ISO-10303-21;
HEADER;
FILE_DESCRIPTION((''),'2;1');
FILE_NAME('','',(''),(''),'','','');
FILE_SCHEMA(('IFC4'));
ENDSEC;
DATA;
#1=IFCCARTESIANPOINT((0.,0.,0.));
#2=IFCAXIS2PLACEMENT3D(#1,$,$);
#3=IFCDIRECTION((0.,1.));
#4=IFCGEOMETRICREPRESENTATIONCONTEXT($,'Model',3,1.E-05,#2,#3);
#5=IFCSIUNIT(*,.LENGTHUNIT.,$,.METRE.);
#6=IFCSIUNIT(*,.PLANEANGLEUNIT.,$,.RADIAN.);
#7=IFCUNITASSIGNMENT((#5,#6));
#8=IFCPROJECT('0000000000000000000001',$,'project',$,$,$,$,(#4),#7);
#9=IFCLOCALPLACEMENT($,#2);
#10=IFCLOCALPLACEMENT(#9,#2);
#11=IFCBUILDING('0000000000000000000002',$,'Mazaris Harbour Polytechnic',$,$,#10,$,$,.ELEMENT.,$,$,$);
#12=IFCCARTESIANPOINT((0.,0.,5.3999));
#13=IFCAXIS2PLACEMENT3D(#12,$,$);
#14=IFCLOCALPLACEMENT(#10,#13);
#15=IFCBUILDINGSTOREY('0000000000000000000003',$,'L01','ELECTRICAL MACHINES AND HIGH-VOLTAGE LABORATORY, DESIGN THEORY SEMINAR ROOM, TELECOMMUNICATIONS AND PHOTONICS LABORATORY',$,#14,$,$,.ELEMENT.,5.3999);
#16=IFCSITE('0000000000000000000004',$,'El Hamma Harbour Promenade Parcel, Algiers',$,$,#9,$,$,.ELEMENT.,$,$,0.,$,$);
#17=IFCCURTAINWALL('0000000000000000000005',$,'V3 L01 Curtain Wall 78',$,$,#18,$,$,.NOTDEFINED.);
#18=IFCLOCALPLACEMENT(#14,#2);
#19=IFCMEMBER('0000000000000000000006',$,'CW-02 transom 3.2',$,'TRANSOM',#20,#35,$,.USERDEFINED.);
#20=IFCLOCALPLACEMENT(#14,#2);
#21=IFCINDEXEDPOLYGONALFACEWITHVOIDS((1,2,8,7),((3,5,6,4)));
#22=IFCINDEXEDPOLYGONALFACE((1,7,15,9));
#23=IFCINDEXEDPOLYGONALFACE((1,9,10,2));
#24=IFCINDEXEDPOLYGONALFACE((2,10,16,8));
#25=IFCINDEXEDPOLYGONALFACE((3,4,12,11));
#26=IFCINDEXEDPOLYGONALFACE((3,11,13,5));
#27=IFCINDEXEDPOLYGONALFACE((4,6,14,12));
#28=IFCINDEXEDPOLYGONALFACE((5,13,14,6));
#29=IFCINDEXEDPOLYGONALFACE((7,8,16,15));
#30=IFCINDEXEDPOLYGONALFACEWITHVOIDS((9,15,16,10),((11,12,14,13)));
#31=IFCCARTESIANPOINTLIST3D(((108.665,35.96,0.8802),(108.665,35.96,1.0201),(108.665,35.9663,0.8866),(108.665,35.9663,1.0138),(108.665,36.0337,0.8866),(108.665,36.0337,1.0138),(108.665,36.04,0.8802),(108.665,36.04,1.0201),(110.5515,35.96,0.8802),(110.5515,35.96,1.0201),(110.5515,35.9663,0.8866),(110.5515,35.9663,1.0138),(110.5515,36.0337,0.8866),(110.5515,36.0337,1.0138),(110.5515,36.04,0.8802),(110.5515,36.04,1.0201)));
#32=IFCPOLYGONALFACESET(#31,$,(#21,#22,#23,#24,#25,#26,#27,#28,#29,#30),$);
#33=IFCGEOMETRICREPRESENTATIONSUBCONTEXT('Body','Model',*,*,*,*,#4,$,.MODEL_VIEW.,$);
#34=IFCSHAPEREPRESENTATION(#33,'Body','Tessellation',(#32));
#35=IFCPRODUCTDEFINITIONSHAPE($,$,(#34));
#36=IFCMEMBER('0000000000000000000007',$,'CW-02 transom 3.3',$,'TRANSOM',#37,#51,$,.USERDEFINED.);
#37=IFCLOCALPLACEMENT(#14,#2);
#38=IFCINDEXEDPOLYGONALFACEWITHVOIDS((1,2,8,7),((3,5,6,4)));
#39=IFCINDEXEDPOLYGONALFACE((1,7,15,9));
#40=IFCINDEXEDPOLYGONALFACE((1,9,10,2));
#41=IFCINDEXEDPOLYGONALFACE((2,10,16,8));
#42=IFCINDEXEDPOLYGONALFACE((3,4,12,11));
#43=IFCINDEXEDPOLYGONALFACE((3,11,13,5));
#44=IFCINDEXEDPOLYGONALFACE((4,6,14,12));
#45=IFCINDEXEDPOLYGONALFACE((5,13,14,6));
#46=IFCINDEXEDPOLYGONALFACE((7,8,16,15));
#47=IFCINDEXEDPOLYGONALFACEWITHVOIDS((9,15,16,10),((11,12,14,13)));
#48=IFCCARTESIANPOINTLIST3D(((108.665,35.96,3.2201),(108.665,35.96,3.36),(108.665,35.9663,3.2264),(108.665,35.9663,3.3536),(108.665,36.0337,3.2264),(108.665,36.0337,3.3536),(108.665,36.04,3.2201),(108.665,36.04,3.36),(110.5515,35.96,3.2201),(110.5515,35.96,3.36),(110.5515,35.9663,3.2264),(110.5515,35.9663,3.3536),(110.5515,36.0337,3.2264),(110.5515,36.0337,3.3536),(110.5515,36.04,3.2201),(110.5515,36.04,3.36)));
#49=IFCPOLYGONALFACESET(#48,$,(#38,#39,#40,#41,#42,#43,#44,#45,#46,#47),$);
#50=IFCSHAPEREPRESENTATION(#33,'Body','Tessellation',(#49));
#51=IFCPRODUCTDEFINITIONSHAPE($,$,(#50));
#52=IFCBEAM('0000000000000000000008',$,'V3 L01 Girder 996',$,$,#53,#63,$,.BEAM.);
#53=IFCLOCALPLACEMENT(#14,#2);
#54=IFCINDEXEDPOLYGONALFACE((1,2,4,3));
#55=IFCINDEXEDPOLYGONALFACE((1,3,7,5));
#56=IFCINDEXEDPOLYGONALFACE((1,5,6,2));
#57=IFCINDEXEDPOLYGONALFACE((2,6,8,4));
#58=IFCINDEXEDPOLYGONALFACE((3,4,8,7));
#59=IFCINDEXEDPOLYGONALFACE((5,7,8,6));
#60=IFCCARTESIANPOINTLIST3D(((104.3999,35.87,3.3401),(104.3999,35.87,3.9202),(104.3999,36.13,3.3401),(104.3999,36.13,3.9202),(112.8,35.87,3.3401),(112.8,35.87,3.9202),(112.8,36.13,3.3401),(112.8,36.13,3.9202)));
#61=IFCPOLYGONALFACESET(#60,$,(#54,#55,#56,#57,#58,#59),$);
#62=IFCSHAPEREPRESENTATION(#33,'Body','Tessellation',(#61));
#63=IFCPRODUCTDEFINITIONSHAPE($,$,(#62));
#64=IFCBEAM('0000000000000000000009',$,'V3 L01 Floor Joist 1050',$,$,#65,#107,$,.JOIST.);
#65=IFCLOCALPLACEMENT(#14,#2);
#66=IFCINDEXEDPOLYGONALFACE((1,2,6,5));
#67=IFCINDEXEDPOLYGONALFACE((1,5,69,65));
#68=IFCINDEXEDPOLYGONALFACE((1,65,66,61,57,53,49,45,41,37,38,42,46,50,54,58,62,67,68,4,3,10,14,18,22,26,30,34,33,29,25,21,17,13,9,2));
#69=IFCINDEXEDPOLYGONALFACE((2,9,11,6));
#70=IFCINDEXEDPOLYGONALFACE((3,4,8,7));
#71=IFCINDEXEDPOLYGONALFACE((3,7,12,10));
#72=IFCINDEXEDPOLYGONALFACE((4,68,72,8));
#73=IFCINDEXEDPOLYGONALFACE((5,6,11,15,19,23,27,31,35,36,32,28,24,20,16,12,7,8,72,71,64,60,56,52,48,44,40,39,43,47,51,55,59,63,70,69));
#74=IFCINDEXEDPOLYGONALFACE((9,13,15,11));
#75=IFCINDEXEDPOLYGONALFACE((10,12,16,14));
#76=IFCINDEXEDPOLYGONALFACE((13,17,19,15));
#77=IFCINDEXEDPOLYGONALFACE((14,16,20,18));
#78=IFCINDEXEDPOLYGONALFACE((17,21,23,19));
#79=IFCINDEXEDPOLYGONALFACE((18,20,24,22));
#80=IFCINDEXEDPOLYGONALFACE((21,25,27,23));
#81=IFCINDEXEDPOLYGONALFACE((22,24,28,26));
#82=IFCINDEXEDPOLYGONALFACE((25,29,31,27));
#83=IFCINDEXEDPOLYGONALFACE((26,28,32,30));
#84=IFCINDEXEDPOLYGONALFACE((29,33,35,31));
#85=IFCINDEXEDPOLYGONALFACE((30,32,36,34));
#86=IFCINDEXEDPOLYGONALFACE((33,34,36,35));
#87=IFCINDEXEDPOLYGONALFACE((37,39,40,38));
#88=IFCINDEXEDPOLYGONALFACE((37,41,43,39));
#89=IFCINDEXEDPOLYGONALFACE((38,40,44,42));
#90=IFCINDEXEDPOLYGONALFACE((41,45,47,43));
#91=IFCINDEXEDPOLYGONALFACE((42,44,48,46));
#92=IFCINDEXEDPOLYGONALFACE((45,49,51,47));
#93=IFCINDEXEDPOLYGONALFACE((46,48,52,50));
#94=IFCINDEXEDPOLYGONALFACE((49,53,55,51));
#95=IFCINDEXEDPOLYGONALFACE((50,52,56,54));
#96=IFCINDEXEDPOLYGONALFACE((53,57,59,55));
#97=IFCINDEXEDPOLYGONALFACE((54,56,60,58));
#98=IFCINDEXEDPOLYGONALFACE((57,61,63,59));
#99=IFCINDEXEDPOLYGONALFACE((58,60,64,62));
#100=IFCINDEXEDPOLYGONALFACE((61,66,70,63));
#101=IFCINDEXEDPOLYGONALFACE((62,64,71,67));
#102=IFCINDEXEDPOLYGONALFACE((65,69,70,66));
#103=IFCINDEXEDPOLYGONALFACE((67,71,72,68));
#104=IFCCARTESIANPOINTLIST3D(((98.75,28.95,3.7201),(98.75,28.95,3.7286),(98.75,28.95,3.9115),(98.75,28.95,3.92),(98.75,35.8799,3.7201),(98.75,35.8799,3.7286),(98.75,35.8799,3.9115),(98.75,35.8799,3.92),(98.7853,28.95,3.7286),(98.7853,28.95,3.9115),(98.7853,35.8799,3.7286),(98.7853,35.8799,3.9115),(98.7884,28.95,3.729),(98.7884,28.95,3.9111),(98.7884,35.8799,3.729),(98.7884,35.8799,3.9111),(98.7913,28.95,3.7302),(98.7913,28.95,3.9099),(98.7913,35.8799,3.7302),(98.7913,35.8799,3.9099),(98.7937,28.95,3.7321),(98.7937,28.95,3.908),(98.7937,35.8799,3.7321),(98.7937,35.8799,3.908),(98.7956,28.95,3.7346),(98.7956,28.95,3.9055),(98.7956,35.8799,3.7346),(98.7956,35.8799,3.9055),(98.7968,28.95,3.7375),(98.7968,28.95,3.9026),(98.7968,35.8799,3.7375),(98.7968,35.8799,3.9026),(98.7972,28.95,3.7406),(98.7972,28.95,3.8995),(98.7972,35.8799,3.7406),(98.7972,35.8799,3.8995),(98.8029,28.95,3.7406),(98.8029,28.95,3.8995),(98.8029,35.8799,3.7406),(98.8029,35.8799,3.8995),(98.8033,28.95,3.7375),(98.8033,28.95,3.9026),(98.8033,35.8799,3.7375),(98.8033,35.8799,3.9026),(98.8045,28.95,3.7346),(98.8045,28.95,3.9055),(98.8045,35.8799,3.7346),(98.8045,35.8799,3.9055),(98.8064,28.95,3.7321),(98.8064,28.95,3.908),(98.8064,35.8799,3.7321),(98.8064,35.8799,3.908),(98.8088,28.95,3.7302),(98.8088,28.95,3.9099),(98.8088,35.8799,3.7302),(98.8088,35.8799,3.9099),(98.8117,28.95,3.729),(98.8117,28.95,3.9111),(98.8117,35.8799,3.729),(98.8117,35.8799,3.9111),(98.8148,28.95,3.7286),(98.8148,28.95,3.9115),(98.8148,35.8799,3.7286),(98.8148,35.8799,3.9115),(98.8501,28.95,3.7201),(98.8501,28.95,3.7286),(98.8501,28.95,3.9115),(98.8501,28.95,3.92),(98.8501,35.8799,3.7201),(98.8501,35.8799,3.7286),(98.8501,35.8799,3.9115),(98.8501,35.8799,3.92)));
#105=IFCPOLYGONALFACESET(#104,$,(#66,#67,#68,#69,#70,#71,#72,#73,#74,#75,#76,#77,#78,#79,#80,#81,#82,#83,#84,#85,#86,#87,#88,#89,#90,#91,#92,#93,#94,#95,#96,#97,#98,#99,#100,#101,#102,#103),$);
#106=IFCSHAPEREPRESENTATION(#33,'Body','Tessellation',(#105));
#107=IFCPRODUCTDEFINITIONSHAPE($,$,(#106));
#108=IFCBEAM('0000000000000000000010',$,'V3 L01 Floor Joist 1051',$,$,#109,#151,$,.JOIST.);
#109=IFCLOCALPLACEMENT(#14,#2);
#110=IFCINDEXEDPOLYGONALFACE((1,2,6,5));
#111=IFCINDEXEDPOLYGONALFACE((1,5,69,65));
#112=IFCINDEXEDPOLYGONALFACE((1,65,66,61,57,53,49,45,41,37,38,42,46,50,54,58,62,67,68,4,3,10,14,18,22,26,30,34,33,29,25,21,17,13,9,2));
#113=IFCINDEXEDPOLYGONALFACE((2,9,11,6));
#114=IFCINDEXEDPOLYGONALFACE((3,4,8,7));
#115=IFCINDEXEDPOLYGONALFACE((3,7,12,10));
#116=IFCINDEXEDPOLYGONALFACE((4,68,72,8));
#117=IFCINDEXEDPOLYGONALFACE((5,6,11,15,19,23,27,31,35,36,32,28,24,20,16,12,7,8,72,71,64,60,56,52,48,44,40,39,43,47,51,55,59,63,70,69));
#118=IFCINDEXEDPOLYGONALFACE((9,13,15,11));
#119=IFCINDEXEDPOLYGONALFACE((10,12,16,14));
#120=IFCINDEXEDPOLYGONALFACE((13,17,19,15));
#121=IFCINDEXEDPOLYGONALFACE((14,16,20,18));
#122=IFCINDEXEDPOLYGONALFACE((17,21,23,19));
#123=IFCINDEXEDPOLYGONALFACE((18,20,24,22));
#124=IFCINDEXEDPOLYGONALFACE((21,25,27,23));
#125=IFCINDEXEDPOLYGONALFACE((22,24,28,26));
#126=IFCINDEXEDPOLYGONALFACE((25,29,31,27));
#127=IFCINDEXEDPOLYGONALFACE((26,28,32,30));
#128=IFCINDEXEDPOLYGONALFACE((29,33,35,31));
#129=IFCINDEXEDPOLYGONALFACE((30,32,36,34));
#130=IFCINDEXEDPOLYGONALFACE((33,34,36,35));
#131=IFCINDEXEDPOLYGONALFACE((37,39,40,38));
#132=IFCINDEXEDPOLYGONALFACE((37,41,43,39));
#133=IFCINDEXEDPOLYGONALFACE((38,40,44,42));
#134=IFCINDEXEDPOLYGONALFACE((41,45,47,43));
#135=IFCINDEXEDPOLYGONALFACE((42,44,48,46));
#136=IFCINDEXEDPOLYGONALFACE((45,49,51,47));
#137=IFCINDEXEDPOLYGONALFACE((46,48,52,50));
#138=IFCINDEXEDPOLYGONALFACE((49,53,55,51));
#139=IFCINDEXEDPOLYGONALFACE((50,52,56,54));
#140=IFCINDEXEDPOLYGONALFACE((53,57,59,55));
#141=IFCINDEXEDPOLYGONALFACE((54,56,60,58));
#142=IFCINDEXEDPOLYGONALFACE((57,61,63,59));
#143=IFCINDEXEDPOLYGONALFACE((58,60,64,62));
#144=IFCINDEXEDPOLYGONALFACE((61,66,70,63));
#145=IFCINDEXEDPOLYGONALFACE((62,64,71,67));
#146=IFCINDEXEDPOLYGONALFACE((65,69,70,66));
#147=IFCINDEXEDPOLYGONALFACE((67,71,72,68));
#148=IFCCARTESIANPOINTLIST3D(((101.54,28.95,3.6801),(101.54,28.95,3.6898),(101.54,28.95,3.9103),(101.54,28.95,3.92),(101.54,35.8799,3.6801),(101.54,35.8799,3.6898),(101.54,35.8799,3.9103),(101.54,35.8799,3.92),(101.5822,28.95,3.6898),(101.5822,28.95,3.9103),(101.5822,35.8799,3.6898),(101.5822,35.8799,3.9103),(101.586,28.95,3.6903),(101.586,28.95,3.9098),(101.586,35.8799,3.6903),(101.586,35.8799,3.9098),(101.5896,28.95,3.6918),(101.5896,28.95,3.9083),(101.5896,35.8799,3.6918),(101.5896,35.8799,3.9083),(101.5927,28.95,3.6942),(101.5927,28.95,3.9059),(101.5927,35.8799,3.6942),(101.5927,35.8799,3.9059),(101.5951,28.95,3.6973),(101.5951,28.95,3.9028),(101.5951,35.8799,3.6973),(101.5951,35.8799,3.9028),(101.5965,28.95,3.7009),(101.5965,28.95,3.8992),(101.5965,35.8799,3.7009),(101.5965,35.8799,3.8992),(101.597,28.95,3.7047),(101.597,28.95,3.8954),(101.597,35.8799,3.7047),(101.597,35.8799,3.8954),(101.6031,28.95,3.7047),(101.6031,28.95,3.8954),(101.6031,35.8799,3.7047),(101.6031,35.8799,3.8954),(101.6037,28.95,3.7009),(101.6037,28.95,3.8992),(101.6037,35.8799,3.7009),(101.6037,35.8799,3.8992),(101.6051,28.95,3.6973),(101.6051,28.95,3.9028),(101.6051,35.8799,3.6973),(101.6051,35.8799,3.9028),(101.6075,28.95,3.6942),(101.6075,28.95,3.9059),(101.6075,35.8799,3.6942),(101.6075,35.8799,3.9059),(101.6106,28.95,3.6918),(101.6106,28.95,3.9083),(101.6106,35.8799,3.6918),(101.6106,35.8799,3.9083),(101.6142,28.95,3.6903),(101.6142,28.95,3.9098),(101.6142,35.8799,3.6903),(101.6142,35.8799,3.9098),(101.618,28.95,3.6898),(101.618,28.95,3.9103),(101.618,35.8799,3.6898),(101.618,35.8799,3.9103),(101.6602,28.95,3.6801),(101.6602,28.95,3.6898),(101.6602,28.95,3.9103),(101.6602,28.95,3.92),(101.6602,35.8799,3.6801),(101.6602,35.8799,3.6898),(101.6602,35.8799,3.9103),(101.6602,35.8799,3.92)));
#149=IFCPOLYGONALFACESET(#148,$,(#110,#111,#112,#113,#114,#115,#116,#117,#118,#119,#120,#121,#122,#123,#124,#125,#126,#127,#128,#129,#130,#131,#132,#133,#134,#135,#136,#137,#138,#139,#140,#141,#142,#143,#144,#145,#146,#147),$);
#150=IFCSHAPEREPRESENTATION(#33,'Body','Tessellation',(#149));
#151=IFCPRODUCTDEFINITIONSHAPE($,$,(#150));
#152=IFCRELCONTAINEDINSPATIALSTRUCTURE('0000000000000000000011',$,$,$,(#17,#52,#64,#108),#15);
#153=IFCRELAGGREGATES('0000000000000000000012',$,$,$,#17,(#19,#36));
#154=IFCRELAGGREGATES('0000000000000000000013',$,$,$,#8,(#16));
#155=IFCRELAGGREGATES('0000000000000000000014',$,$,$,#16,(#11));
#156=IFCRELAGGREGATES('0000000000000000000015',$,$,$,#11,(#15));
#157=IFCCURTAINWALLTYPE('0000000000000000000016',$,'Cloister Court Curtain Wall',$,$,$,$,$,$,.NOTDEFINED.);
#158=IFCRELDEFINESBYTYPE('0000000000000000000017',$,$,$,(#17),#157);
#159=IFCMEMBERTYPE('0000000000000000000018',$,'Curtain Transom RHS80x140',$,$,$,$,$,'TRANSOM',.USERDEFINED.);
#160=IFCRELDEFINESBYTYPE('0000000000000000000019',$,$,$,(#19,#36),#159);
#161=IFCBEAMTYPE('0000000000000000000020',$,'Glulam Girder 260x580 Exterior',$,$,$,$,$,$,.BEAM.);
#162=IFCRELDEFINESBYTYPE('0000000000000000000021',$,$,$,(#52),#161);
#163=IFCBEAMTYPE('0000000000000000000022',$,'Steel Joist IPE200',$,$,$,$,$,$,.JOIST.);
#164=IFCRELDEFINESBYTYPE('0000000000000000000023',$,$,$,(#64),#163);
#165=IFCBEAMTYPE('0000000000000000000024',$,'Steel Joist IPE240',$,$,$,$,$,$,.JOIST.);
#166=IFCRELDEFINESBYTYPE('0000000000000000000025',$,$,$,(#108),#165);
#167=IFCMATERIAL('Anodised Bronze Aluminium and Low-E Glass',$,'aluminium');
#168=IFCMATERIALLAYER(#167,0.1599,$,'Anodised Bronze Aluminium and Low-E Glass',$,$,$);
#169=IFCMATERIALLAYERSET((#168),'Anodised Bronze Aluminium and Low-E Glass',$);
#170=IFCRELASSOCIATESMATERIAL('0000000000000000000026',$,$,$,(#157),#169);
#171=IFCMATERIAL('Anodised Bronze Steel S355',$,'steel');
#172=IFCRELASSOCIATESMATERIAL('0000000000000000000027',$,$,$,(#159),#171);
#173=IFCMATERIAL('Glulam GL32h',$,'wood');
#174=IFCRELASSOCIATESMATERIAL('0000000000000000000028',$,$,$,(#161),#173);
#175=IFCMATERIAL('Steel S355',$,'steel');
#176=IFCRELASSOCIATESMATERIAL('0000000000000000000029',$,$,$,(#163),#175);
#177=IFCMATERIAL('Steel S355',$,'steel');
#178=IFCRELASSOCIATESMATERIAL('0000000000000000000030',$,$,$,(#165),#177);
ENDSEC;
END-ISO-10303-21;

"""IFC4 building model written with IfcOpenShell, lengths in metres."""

from ifc_helpers import new_model, si_unit, direction, frame, origin, origin_2d, place, context, subcontext, project, spatial, rectangle, hollow_rectangle, i_section, extrude, material, layer, layer_set, material_profile, profile_set, type_object, element, aggregate, save


model = new_model("IFC4")

# Units and contexts
model_context = context("Model", 3, precision=1e-05, world=origin(), true_north=direction((0.0, 1.0)))
body_context = subcontext(model_context, "Body", "Model", "MODEL_VIEW")
ifc_project = project(units=[si_unit("LENGTHUNIT", "METRE"), si_unit("PLANEANGLEUNIT", "RADIAN")], contexts=[model_context])

# Site, building, storey
site_placement = place(None, origin())
site = spatial("IfcSite", under=ifc_project, at=site_placement, Name="El Hamma Harbour Promenade Parcel, Algiers", CompositionType="ELEMENT", RefElevation=0.0)
building_placement = place(site_placement, origin())
building = spatial("IfcBuilding", under=site, at=building_placement, Name="Mazaris Harbour Polytechnic", CompositionType="ELEMENT")
storey_placement = place(building_placement, frame((0.0, 0.0, 5.3999)))
storey = spatial("IfcBuildingStorey", under=building, at=storey_placement, Name="L01", Description="ELECTRICAL MACHINES AND HIGH-VOLTAGE LABORATORY, DESIGN THEORY SEMINAR ROOM, TELECOMMUNICATIONS AND PHOTONICS LABORATORY", CompositionType="ELEMENT", Elevation=5.3999)

# Curtain wall, members
ifc_material_1 = material(Name="Anodised Bronze Aluminium and Low-E Glass", Category="aluminium")
ifc_layer_1 = layer(ifc_material_1, 0.1599, Name="Anodised Bronze Aluminium and Low-E Glass")
ifc_layer_set_1 = layer_set([ifc_layer_1], Name="Anodised Bronze Aluminium and Low-E Glass")
curtain_wall_type = type_object("IfcCurtainWallType", Name="Cloister Court Curtain Wall", PredefinedType="NOTDEFINED", material=ifc_layer_set_1)
curtain_wall_placement = place(storey_placement, origin())
curtain_wall = element("IfcCurtainWall", 1, at=curtain_wall_placement, inside=storey, type_object=curtain_wall_type, Name="V3 L01 Curtain Wall 78", PredefinedType="NOTDEFINED")
ifc_material_2 = material(Name="Anodised Bronze Steel S355", Category="steel")
ifc_material_profile_1 = material_profile(ifc_material_2, hollow_rectangle(XDim=0.0801, YDim=0.1399, WallThickness=0.0063, at=origin_2d()), Name="RHS 80x140x6.3")
ifc_profile_set_1 = profile_set([ifc_material_profile_1], Name="Anodised Bronze Steel S355")
member_type_1 = type_object("IfcMemberType", Name="Curtain Transom RHS80x140", ElementType="TRANSOM", PredefinedType="USERDEFINED", material=ifc_profile_set_1)
member_1_placement = place(storey_placement, frame((108.665, 36.0, 0.9502), z_axis=(1.0, 0.0, 0.0), x_axis=(0.0, 1.0, 0.0)))
member_1 = element("IfcMember", 2, at=member_1_placement, type_object=member_type_1, Name="CW-02 transom 3.2", ObjectType="TRANSOM", PredefinedType="USERDEFINED", context=body_context, shape_type="SweptSolid", body=[
    extrude(hollow_rectangle(XDim=0.0801, YDim=0.1399, WallThickness=0.0063, at=origin_2d()), origin(), (0.0, 0.0, 1.0), 1.8865),
])
member_2_placement = place(storey_placement, frame((108.665, 36.0, 3.29), z_axis=(1.0, 0.0, 0.0), x_axis=(0.0, 1.0, 0.0)))
member_2 = element("IfcMember", 3, at=member_2_placement, type_object=member_type_1, Name="CW-02 transom 3.3", ObjectType="TRANSOM", PredefinedType="USERDEFINED", context=body_context, shape_type="SweptSolid", body=[
    extrude(hollow_rectangle(XDim=0.0801, YDim=0.1399, WallThickness=0.0063, at=origin_2d()), origin(), (0.0, 0.0, 1.0), 1.8865),
])

# Beams
ifc_material_3 = material(Name="Glulam GL32h", Category="wood")
ifc_material_profile_2 = material_profile(ifc_material_3, rectangle(XDim=0.26, YDim=0.5801, at=origin_2d()), Name="RECT260x580")
ifc_profile_set_2 = profile_set([ifc_material_profile_2], Name="Glulam GL32h")
beam_type_1 = type_object("IfcBeamType", Name="Glulam Girder 260x580 Exterior", PredefinedType="BEAM", material=ifc_profile_set_2)
beam_1_placement = place(storey_placement, frame((104.3999, 36.0, 3.6301), z_axis=(1.0, 0.0, 0.0), x_axis=(0.0, 1.0, 0.0)))
element("IfcBeam", 4, at=beam_1_placement, inside=storey, type_object=beam_type_1, Name="V3 L01 Girder 996", PredefinedType="BEAM", context=body_context, shape_type="SweptSolid", body=[
    extrude(rectangle(XDim=0.26, YDim=0.5801, at=origin_2d()), origin(), (0.0, 0.0, 1.0), 8.4001),
])
ifc_material_4 = material(Name="Steel S355", Category="steel")
ifc_material_profile_3 = material_profile(ifc_material_4, i_section(OverallWidth=0.1001, OverallDepth=0.2, WebThickness=0.0056, FlangeThickness=0.0085, FilletRadius=0.012, at=origin_2d()), Name="IPE 200")
ifc_profile_set_3 = profile_set([ifc_material_profile_3], Name="Steel S355")
beam_type_2 = type_object("IfcBeamType", Name="Steel Joist IPE200", PredefinedType="JOIST", material=ifc_profile_set_3)
beam_2_placement = place(storey_placement, frame((98.8, 28.95, 3.8201), z_axis=(0.0, 1.0, 0.0), x_axis=(-1.0, 0.0, 0.0)))
element("IfcBeam", 5, at=beam_2_placement, inside=storey, type_object=beam_type_2, Name="V3 L01 Floor Joist 1050", PredefinedType="JOIST", context=body_context, shape_type="SweptSolid", body=[
    extrude(i_section(OverallWidth=0.1001, OverallDepth=0.2, WebThickness=0.0056, FlangeThickness=0.0085, FilletRadius=0.012, at=origin_2d()), origin(), (0.0, 0.0, 1.0), 6.9299),
])
ifc_material_5 = material(Name="Steel S355", Category="steel")
ifc_material_profile_4 = material_profile(ifc_material_5, i_section(OverallWidth=0.1201, OverallDepth=0.24, WebThickness=0.0061, FlangeThickness=0.0098, FilletRadius=0.0149, at=origin_2d()), Name="IPE 240")
ifc_profile_set_4 = profile_set([ifc_material_profile_4], Name="Steel S355")
beam_type_3 = type_object("IfcBeamType", Name="Steel Joist IPE240", PredefinedType="JOIST", material=ifc_profile_set_4)
beam_3_placement = place(storey_placement, frame((101.6001, 28.95, 3.8), z_axis=(0.0, 1.0, 0.0), x_axis=(-1.0, 0.0, 0.0)))
element("IfcBeam", 6, at=beam_3_placement, inside=storey, type_object=beam_type_3, Name="V3 L01 Floor Joist 1051", PredefinedType="JOIST", context=body_context, shape_type="SweptSolid", body=[
    extrude(i_section(OverallWidth=0.1201, OverallDepth=0.24, WebThickness=0.0061, FlangeThickness=0.0098, FilletRadius=0.0149, at=origin_2d()), origin(), (0.0, 0.0, 1.0), 6.9299),
])

aggregate(curtain_wall, [member_1, member_2])

save(model, "model.ifc")
